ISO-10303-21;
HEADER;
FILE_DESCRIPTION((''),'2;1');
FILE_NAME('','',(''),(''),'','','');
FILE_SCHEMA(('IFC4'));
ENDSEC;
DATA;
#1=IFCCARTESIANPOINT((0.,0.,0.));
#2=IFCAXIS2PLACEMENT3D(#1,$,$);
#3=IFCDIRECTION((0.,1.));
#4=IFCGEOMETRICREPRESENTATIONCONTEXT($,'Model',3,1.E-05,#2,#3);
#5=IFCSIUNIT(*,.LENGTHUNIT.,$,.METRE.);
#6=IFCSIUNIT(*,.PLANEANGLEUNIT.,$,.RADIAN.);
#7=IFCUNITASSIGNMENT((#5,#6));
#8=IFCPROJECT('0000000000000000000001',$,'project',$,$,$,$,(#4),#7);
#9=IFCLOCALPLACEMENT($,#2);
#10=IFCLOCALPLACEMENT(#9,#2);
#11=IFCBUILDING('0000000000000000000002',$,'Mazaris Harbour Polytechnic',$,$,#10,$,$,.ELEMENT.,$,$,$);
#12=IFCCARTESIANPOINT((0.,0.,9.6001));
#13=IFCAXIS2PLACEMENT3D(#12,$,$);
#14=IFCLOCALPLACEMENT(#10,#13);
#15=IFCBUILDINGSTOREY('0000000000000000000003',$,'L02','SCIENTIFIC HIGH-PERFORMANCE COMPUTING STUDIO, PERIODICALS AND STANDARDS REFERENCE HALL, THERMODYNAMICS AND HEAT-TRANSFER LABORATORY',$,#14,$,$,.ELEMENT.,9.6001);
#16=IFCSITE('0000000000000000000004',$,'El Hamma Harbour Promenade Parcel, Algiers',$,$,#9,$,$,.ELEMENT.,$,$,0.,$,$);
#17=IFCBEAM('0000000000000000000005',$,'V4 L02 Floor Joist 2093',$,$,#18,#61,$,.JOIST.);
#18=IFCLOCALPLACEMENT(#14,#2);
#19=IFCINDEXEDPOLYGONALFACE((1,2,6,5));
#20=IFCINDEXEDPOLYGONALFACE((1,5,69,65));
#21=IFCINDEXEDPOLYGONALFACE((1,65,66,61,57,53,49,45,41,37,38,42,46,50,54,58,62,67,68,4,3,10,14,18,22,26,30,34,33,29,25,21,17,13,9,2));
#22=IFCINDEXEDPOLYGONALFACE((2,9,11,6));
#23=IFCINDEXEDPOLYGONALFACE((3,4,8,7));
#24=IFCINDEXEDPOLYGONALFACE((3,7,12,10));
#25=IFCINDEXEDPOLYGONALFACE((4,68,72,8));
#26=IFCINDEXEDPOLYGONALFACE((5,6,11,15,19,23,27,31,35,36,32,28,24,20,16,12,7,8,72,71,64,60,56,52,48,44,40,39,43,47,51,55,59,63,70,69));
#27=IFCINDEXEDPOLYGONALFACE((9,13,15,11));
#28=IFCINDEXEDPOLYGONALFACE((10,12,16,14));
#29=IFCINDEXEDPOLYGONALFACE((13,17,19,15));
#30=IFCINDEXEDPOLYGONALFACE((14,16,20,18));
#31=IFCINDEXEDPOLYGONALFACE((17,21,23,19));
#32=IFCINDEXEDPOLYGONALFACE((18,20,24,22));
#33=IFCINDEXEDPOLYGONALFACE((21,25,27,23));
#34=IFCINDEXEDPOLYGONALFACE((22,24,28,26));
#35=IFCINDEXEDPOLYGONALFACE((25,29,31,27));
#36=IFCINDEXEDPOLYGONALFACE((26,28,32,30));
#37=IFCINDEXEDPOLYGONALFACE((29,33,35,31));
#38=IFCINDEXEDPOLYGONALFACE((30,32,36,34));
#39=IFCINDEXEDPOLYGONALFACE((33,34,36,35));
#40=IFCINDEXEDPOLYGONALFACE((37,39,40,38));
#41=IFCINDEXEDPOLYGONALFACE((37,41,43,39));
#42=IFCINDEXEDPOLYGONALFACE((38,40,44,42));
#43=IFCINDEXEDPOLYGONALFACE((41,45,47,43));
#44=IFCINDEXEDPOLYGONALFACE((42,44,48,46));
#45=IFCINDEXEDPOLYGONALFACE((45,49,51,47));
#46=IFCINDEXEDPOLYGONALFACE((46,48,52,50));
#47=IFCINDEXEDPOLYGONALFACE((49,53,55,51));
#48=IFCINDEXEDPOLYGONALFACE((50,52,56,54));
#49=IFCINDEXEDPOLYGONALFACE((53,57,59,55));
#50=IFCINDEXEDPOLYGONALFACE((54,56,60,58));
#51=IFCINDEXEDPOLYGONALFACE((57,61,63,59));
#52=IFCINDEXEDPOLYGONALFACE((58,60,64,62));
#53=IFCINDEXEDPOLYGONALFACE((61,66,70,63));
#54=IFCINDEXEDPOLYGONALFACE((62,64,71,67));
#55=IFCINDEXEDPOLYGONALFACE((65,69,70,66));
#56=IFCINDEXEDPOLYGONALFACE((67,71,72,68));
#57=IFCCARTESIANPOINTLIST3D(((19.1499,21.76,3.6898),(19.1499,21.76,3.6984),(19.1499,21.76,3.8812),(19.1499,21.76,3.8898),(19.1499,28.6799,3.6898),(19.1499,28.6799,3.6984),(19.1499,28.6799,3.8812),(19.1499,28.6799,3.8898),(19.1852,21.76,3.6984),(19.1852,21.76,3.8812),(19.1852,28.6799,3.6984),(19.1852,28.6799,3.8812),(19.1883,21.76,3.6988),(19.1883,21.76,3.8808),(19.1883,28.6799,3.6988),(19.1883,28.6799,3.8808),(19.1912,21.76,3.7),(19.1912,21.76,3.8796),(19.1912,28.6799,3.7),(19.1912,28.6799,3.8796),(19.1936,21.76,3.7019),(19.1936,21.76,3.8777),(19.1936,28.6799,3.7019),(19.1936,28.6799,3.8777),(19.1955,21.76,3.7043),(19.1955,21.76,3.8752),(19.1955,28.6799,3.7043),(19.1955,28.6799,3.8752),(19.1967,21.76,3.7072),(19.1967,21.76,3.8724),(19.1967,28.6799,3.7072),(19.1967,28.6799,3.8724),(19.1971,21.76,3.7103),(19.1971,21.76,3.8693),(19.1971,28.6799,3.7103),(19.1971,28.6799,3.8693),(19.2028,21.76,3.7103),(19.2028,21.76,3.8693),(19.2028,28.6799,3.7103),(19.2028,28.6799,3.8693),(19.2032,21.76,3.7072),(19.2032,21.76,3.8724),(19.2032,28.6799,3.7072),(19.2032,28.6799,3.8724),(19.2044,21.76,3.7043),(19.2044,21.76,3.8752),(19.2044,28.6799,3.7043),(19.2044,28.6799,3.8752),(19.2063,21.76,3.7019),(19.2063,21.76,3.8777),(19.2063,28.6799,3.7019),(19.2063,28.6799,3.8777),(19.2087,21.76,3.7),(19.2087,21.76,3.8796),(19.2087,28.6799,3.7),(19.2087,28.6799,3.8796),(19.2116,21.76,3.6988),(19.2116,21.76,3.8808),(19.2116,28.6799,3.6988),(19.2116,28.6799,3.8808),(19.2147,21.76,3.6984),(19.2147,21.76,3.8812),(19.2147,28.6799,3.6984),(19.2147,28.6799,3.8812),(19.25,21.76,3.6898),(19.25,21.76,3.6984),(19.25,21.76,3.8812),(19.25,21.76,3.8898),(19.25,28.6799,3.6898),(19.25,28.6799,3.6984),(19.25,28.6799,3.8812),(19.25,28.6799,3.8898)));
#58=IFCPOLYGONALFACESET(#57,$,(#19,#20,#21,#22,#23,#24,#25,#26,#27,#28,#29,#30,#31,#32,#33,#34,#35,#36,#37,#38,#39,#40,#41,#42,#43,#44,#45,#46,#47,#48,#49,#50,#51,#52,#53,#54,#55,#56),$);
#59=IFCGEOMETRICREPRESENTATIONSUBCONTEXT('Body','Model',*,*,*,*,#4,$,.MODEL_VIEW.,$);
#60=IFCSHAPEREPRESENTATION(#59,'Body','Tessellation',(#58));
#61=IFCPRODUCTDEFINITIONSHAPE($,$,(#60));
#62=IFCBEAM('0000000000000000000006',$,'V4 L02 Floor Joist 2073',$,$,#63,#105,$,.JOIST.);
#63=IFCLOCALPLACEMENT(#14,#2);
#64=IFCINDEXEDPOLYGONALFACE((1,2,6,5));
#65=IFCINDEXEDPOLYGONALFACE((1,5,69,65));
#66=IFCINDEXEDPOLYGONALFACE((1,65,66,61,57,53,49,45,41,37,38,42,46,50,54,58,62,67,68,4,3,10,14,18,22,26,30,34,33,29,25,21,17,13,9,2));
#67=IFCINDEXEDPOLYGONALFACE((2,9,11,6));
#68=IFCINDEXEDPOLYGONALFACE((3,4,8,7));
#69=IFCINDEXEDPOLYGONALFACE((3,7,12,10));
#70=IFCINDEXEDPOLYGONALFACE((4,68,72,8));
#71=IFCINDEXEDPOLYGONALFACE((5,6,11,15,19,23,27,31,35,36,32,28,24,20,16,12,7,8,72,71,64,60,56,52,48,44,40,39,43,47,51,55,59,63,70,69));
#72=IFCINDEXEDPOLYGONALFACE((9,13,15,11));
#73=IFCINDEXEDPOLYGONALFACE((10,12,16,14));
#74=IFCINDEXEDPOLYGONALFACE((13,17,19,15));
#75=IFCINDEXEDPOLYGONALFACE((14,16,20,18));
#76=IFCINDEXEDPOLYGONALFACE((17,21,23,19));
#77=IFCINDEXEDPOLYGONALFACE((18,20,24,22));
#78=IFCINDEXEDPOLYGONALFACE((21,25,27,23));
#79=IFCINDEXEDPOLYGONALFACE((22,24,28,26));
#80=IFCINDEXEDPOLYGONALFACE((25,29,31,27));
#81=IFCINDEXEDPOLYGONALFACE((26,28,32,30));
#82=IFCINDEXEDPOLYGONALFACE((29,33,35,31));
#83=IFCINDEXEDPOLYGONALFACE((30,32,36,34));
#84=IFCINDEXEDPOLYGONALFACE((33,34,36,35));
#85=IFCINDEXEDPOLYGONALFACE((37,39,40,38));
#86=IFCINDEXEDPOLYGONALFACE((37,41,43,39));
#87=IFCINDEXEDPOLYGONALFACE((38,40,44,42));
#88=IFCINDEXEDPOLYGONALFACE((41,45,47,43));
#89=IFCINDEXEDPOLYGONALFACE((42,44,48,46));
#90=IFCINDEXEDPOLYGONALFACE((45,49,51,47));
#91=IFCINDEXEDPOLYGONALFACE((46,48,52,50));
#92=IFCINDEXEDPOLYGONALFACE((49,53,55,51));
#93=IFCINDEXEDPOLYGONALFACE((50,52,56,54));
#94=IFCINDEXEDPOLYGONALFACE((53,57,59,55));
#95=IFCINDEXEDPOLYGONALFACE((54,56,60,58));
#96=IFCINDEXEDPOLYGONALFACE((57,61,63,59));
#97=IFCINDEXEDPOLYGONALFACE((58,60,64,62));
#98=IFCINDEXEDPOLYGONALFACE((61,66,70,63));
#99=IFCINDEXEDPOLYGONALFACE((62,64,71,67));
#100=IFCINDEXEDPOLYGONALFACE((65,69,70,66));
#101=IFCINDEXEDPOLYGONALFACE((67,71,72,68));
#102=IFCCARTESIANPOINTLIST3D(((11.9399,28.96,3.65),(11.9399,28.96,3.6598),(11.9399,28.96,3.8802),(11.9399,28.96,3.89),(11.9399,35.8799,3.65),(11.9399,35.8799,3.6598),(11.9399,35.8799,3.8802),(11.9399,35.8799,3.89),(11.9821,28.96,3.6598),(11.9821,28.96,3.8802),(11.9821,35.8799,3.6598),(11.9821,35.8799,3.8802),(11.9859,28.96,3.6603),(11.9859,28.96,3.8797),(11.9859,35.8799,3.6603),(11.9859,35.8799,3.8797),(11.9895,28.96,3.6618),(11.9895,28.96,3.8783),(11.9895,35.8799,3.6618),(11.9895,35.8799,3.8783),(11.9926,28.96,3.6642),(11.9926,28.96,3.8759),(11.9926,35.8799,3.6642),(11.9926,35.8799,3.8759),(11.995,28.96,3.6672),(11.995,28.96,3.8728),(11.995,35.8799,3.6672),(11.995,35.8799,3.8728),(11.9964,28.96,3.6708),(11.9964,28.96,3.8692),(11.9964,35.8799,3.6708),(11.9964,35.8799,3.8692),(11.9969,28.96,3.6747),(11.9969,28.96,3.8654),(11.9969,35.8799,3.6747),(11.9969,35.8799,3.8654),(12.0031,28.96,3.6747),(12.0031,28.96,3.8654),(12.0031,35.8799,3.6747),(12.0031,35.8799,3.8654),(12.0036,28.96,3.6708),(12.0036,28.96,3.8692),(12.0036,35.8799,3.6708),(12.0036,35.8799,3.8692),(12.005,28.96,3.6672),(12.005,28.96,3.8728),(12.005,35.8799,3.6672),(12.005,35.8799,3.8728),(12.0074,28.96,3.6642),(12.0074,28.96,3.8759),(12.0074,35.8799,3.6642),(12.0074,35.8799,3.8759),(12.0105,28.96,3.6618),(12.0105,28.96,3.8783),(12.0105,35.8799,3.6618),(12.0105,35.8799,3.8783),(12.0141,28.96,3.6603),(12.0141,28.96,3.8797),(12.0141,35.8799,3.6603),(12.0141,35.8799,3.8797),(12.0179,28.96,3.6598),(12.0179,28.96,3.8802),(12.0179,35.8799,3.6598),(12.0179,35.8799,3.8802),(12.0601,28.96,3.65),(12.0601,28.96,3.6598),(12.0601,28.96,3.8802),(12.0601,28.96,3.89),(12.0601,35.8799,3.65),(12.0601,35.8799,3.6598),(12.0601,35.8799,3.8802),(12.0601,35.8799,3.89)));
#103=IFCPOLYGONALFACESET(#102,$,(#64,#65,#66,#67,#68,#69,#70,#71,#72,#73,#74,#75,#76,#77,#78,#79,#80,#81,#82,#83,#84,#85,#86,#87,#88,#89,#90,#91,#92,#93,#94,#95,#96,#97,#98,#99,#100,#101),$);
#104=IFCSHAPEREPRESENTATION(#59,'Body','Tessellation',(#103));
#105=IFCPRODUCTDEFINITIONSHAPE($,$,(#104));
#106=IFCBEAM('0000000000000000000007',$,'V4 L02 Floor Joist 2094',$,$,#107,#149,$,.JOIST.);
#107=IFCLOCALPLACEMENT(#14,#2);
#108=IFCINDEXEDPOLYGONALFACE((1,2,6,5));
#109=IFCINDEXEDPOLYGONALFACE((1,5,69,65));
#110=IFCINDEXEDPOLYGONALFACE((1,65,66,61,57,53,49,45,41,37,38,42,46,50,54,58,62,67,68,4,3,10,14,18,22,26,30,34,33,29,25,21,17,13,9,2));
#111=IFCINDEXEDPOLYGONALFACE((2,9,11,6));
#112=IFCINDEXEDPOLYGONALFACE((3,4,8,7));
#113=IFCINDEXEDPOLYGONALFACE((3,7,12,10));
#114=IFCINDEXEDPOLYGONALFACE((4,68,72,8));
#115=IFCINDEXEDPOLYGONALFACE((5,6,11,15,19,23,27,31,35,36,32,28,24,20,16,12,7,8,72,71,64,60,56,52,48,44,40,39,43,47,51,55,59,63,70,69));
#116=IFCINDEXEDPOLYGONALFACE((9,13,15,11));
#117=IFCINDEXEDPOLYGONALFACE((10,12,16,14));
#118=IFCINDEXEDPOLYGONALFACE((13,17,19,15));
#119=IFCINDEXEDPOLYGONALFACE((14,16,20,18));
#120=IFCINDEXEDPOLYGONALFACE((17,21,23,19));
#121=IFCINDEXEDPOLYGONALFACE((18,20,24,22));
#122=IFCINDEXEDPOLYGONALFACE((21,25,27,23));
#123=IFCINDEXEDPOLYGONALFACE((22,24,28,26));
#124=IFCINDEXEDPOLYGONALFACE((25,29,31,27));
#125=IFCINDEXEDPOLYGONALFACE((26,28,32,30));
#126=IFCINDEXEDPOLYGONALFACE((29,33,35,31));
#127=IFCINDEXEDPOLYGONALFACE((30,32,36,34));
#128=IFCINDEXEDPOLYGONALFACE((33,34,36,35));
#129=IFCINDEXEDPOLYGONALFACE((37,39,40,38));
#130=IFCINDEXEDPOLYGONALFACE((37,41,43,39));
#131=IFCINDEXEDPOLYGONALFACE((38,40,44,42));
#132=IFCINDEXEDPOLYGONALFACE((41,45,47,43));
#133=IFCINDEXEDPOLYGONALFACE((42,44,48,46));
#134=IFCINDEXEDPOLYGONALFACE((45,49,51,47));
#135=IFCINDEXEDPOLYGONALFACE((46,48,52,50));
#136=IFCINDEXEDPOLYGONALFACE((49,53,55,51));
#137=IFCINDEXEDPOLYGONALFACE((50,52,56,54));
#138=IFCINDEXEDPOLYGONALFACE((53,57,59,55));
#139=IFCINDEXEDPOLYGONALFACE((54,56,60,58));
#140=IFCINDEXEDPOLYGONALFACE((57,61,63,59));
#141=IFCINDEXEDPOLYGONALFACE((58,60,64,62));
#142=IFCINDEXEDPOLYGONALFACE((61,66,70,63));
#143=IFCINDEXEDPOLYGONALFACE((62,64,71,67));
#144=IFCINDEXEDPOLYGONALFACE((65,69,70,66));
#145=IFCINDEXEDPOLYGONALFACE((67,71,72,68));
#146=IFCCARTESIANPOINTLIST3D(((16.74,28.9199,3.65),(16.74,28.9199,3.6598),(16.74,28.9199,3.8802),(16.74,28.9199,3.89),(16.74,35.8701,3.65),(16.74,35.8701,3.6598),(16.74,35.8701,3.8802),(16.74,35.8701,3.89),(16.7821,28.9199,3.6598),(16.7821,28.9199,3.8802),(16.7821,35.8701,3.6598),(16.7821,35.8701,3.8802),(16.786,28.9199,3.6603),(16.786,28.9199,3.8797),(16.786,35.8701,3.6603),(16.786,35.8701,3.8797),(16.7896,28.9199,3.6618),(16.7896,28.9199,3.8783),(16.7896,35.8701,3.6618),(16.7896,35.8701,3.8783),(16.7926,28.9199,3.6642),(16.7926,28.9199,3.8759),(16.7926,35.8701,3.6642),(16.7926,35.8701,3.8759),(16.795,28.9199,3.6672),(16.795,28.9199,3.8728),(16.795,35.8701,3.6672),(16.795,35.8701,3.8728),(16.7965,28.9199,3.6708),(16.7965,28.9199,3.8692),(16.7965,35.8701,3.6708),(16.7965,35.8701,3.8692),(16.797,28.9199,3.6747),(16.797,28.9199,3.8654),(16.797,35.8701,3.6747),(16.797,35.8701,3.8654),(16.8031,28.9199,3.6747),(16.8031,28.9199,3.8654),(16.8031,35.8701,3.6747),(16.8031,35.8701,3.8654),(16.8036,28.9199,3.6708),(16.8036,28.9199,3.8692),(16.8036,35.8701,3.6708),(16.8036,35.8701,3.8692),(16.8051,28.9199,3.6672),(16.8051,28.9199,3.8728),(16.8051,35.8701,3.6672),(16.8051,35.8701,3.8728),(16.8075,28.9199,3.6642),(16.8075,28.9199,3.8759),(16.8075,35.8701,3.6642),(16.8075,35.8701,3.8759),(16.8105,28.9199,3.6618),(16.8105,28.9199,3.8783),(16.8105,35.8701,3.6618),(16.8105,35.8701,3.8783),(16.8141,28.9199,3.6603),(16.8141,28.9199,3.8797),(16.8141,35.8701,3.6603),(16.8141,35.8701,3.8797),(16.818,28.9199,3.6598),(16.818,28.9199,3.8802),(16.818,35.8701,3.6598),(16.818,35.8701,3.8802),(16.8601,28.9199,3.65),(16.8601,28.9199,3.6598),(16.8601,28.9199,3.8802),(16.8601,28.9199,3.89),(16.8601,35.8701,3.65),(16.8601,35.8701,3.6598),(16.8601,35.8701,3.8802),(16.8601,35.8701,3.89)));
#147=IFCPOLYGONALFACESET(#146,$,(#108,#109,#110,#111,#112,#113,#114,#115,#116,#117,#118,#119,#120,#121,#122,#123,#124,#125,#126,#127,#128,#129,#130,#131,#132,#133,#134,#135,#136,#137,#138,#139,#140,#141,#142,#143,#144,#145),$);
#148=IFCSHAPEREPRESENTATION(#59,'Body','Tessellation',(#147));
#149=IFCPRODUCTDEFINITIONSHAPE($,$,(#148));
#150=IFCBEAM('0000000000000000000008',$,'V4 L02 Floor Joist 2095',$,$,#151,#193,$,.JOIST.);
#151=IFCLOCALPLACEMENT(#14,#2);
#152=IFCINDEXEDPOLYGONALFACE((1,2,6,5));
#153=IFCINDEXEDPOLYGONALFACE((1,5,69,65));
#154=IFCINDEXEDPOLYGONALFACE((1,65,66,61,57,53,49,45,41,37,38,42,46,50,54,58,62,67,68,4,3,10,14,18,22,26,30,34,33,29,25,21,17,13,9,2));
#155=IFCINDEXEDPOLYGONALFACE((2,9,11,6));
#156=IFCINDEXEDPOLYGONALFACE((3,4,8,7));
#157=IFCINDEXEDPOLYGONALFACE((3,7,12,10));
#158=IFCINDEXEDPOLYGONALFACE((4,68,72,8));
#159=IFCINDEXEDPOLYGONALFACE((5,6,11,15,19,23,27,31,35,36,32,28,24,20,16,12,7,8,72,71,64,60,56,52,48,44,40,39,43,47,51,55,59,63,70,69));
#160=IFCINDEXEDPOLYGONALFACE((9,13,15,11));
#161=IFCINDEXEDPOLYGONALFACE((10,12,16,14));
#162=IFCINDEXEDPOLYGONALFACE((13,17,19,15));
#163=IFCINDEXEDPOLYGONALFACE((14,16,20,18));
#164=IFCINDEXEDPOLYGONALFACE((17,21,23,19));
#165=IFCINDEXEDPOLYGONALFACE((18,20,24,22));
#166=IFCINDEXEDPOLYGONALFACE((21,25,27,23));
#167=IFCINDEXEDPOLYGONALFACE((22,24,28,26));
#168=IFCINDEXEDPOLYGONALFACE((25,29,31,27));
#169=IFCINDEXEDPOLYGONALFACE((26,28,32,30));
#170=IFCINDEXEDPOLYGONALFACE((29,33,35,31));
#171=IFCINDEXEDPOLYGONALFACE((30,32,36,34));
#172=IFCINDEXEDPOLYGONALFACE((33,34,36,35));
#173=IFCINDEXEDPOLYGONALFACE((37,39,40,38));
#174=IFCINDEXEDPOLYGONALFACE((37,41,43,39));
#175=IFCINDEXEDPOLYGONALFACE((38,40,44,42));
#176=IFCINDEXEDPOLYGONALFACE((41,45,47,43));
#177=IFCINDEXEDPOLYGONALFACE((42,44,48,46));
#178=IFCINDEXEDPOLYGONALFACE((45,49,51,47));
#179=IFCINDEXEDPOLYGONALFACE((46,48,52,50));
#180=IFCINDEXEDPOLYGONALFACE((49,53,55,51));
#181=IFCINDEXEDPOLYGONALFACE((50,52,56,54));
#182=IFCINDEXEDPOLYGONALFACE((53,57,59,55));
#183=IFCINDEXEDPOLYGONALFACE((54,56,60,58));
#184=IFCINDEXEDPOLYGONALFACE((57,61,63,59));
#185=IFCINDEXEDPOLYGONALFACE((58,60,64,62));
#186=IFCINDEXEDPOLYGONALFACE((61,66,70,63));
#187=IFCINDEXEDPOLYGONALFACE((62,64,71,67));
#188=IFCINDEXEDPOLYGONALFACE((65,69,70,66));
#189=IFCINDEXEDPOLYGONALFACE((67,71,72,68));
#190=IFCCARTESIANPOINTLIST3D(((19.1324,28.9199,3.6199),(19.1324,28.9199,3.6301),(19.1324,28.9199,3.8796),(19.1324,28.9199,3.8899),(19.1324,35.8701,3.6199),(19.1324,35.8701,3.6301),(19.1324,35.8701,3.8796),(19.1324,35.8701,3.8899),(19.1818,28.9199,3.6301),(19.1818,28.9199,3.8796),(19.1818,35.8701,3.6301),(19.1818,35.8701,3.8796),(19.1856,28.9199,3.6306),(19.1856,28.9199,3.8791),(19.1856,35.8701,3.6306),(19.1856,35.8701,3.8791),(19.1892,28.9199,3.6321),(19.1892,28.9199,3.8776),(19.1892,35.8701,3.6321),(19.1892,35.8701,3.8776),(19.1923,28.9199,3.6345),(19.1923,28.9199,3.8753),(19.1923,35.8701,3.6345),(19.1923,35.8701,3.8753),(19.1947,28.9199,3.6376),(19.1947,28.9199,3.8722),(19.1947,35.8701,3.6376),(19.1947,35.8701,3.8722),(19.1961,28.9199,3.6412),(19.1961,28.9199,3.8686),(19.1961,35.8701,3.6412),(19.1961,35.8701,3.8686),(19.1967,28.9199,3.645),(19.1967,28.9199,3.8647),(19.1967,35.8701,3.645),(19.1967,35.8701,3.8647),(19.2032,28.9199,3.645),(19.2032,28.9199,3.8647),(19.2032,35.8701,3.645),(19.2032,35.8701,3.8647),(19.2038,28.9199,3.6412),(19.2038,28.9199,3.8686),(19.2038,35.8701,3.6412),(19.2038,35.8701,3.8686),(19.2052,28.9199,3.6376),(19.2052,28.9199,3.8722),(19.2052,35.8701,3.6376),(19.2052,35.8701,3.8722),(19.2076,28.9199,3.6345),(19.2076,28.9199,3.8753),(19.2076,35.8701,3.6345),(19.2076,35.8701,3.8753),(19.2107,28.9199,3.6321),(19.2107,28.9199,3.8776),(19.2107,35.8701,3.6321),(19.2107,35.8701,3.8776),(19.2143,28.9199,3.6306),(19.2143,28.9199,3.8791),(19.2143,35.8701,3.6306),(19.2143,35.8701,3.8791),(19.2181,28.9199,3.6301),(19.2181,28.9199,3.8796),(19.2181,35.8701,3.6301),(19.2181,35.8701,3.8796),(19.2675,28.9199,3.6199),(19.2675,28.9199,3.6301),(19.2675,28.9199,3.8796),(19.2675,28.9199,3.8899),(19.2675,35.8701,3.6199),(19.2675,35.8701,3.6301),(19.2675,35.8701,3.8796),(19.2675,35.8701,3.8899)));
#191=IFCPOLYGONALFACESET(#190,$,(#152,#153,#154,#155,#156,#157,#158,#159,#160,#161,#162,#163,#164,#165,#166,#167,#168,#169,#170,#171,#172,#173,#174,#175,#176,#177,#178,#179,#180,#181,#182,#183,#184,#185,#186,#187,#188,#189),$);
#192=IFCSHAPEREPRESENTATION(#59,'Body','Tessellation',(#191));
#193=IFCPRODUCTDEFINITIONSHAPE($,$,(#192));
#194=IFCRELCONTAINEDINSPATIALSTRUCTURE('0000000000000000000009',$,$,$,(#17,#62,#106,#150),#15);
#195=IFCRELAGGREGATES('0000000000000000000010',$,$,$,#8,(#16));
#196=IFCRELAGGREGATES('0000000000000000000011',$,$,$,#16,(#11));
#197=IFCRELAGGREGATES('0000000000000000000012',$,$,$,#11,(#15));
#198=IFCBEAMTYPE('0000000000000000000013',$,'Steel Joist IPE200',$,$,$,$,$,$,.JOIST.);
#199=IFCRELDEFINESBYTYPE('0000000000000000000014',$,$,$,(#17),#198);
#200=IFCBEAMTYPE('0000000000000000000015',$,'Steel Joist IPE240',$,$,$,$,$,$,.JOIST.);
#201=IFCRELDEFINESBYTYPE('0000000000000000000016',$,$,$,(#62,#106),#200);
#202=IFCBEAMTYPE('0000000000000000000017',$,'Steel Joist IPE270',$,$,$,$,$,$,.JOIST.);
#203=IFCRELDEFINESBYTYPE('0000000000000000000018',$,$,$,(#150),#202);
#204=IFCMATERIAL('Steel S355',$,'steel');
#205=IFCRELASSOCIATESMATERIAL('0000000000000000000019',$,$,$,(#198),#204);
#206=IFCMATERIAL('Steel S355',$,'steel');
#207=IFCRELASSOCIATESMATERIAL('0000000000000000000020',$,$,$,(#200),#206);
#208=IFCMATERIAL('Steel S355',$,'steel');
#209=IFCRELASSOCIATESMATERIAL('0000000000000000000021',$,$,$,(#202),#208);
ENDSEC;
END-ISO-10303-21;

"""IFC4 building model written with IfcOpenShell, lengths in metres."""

from ifc_helpers import new_model, si_unit, direction, frame, origin, origin_2d, place, context, subcontext, project, spatial, i_section, extrude, material, material_profile, profile_set, type_object, element, save


model = new_model("IFC4")

# Units and contexts
model_context = context("Model", 3, precision=1e-05, world=origin(), true_north=direction((0.0, 1.0)))
body_context = subcontext(model_context, "Body", "Model", "MODEL_VIEW")
ifc_project = project(units=[si_unit("LENGTHUNIT", "METRE"), si_unit("PLANEANGLEUNIT", "RADIAN")], contexts=[model_context])

# Site, building, storey
site_placement = place(None, origin())
site = spatial("IfcSite", under=ifc_project, at=site_placement, Name="El Hamma Harbour Promenade Parcel, Algiers", CompositionType="ELEMENT", RefElevation=0.0)
building_placement = place(site_placement, origin())
building = spatial("IfcBuilding", under=site, at=building_placement, Name="Mazaris Harbour Polytechnic", CompositionType="ELEMENT")
storey_placement = place(building_placement, frame((0.0, 0.0, 9.6001)))
storey = spatial("IfcBuildingStorey", under=building, at=storey_placement, Name="L02", Description="SCIENTIFIC HIGH-PERFORMANCE COMPUTING STUDIO, PERIODICALS AND STANDARDS REFERENCE HALL, THERMODYNAMICS AND HEAT-TRANSFER LABORATORY", CompositionType="ELEMENT", Elevation=9.6001)

# Beams
ifc_material_1 = material(Name="Steel S355", Category="steel")
ifc_material_profile_1 = material_profile(ifc_material_1, i_section(OverallWidth=0.1001, OverallDepth=0.2, WebThickness=0.0056, FlangeThickness=0.0085, FilletRadius=0.012, at=origin_2d()), Name="IPE 200")
ifc_profile_set_1 = profile_set([ifc_material_profile_1], Name="Steel S355")
beam_type_1 = type_object("IfcBeamType", Name="Steel Joist IPE200", PredefinedType="JOIST", material=ifc_profile_set_1)
beam_1_placement = place(storey_placement, frame((19.2, 21.76, 3.7898), z_axis=(0.0, 1.0, 0.0), x_axis=(-1.0, 0.0, 0.0)))
element("IfcBeam", 1, at=beam_1_placement, inside=storey, type_object=beam_type_1, Name="V4 L02 Floor Joist 2093", PredefinedType="JOIST", context=body_context, shape_type="SweptSolid", body=[
    extrude(i_section(OverallWidth=0.1001, OverallDepth=0.2, WebThickness=0.0056, FlangeThickness=0.0085, FilletRadius=0.012, at=origin_2d()), origin(), (0.0, 0.0, 1.0), 6.9199),
])
ifc_material_2 = material(Name="Steel S355", Category="steel")
ifc_material_profile_2 = material_profile(ifc_material_2, i_section(OverallWidth=0.1201, OverallDepth=0.24, WebThickness=0.0061, FlangeThickness=0.0098, FilletRadius=0.0149, at=origin_2d()), Name="IPE 240")
ifc_profile_set_2 = profile_set([ifc_material_profile_2], Name="Steel S355")
beam_type_2 = type_object("IfcBeamType", Name="Steel Joist IPE240", PredefinedType="JOIST", material=ifc_profile_set_2)
beam_2_placement = place(storey_placement, frame((12.0, 28.96, 3.77), z_axis=(0.0, 1.0, 0.0), x_axis=(-1.0, 0.0, 0.0)))
element("IfcBeam", 2, at=beam_2_placement, inside=storey, type_object=beam_type_2, Name="V4 L02 Floor Joist 2073", PredefinedType="JOIST", context=body_context, shape_type="SweptSolid", body=[
    extrude(i_section(OverallWidth=0.1201, OverallDepth=0.24, WebThickness=0.0061, FlangeThickness=0.0098, FilletRadius=0.0149, at=origin_2d()), origin(), (0.0, 0.0, 1.0), 6.9199),
])
beam_3_placement = place(storey_placement, frame((16.8, 28.9199, 3.77), z_axis=(0.0, 1.0, 0.0), x_axis=(-1.0, 0.0, 0.0)))
element("IfcBeam", 3, at=beam_3_placement, inside=storey, type_object=beam_type_2, Name="V4 L02 Floor Joist 2094", PredefinedType="JOIST", context=body_context, shape_type="SweptSolid", body=[
    extrude(i_section(OverallWidth=0.1201, OverallDepth=0.24, WebThickness=0.0061, FlangeThickness=0.0098, FilletRadius=0.0149, at=origin_2d()), origin(), (0.0, 0.0, 1.0), 6.9502),
])
ifc_material_3 = material(Name="Steel S355", Category="steel")
ifc_material_profile_3 = material_profile(ifc_material_3, i_section(OverallWidth=0.135, OverallDepth=0.27, WebThickness=0.0066, FlangeThickness=0.0103, FilletRadius=0.0149, at=origin_2d()), Name="IPE 270")
ifc_profile_set_3 = profile_set([ifc_material_profile_3], Name="Steel S355")
beam_type_3 = type_object("IfcBeamType", Name="Steel Joist IPE270", PredefinedType="JOIST", material=ifc_profile_set_3)
beam_4_placement = place(storey_placement, frame((19.2, 28.9199, 3.7549), z_axis=(0.0, 1.0, 0.0), x_axis=(-1.0, 0.0, 0.0)))
element("IfcBeam", 4, at=beam_4_placement, inside=storey, type_object=beam_type_3, Name="V4 L02 Floor Joist 2095", PredefinedType="JOIST", context=body_context, shape_type="SweptSolid", body=[
    extrude(i_section(OverallWidth=0.135, OverallDepth=0.27, WebThickness=0.0066, FlangeThickness=0.0103, FilletRadius=0.0149, at=origin_2d()), origin(), (0.0, 0.0, 1.0), 6.9502),
])

save(model, "model.ifc")
